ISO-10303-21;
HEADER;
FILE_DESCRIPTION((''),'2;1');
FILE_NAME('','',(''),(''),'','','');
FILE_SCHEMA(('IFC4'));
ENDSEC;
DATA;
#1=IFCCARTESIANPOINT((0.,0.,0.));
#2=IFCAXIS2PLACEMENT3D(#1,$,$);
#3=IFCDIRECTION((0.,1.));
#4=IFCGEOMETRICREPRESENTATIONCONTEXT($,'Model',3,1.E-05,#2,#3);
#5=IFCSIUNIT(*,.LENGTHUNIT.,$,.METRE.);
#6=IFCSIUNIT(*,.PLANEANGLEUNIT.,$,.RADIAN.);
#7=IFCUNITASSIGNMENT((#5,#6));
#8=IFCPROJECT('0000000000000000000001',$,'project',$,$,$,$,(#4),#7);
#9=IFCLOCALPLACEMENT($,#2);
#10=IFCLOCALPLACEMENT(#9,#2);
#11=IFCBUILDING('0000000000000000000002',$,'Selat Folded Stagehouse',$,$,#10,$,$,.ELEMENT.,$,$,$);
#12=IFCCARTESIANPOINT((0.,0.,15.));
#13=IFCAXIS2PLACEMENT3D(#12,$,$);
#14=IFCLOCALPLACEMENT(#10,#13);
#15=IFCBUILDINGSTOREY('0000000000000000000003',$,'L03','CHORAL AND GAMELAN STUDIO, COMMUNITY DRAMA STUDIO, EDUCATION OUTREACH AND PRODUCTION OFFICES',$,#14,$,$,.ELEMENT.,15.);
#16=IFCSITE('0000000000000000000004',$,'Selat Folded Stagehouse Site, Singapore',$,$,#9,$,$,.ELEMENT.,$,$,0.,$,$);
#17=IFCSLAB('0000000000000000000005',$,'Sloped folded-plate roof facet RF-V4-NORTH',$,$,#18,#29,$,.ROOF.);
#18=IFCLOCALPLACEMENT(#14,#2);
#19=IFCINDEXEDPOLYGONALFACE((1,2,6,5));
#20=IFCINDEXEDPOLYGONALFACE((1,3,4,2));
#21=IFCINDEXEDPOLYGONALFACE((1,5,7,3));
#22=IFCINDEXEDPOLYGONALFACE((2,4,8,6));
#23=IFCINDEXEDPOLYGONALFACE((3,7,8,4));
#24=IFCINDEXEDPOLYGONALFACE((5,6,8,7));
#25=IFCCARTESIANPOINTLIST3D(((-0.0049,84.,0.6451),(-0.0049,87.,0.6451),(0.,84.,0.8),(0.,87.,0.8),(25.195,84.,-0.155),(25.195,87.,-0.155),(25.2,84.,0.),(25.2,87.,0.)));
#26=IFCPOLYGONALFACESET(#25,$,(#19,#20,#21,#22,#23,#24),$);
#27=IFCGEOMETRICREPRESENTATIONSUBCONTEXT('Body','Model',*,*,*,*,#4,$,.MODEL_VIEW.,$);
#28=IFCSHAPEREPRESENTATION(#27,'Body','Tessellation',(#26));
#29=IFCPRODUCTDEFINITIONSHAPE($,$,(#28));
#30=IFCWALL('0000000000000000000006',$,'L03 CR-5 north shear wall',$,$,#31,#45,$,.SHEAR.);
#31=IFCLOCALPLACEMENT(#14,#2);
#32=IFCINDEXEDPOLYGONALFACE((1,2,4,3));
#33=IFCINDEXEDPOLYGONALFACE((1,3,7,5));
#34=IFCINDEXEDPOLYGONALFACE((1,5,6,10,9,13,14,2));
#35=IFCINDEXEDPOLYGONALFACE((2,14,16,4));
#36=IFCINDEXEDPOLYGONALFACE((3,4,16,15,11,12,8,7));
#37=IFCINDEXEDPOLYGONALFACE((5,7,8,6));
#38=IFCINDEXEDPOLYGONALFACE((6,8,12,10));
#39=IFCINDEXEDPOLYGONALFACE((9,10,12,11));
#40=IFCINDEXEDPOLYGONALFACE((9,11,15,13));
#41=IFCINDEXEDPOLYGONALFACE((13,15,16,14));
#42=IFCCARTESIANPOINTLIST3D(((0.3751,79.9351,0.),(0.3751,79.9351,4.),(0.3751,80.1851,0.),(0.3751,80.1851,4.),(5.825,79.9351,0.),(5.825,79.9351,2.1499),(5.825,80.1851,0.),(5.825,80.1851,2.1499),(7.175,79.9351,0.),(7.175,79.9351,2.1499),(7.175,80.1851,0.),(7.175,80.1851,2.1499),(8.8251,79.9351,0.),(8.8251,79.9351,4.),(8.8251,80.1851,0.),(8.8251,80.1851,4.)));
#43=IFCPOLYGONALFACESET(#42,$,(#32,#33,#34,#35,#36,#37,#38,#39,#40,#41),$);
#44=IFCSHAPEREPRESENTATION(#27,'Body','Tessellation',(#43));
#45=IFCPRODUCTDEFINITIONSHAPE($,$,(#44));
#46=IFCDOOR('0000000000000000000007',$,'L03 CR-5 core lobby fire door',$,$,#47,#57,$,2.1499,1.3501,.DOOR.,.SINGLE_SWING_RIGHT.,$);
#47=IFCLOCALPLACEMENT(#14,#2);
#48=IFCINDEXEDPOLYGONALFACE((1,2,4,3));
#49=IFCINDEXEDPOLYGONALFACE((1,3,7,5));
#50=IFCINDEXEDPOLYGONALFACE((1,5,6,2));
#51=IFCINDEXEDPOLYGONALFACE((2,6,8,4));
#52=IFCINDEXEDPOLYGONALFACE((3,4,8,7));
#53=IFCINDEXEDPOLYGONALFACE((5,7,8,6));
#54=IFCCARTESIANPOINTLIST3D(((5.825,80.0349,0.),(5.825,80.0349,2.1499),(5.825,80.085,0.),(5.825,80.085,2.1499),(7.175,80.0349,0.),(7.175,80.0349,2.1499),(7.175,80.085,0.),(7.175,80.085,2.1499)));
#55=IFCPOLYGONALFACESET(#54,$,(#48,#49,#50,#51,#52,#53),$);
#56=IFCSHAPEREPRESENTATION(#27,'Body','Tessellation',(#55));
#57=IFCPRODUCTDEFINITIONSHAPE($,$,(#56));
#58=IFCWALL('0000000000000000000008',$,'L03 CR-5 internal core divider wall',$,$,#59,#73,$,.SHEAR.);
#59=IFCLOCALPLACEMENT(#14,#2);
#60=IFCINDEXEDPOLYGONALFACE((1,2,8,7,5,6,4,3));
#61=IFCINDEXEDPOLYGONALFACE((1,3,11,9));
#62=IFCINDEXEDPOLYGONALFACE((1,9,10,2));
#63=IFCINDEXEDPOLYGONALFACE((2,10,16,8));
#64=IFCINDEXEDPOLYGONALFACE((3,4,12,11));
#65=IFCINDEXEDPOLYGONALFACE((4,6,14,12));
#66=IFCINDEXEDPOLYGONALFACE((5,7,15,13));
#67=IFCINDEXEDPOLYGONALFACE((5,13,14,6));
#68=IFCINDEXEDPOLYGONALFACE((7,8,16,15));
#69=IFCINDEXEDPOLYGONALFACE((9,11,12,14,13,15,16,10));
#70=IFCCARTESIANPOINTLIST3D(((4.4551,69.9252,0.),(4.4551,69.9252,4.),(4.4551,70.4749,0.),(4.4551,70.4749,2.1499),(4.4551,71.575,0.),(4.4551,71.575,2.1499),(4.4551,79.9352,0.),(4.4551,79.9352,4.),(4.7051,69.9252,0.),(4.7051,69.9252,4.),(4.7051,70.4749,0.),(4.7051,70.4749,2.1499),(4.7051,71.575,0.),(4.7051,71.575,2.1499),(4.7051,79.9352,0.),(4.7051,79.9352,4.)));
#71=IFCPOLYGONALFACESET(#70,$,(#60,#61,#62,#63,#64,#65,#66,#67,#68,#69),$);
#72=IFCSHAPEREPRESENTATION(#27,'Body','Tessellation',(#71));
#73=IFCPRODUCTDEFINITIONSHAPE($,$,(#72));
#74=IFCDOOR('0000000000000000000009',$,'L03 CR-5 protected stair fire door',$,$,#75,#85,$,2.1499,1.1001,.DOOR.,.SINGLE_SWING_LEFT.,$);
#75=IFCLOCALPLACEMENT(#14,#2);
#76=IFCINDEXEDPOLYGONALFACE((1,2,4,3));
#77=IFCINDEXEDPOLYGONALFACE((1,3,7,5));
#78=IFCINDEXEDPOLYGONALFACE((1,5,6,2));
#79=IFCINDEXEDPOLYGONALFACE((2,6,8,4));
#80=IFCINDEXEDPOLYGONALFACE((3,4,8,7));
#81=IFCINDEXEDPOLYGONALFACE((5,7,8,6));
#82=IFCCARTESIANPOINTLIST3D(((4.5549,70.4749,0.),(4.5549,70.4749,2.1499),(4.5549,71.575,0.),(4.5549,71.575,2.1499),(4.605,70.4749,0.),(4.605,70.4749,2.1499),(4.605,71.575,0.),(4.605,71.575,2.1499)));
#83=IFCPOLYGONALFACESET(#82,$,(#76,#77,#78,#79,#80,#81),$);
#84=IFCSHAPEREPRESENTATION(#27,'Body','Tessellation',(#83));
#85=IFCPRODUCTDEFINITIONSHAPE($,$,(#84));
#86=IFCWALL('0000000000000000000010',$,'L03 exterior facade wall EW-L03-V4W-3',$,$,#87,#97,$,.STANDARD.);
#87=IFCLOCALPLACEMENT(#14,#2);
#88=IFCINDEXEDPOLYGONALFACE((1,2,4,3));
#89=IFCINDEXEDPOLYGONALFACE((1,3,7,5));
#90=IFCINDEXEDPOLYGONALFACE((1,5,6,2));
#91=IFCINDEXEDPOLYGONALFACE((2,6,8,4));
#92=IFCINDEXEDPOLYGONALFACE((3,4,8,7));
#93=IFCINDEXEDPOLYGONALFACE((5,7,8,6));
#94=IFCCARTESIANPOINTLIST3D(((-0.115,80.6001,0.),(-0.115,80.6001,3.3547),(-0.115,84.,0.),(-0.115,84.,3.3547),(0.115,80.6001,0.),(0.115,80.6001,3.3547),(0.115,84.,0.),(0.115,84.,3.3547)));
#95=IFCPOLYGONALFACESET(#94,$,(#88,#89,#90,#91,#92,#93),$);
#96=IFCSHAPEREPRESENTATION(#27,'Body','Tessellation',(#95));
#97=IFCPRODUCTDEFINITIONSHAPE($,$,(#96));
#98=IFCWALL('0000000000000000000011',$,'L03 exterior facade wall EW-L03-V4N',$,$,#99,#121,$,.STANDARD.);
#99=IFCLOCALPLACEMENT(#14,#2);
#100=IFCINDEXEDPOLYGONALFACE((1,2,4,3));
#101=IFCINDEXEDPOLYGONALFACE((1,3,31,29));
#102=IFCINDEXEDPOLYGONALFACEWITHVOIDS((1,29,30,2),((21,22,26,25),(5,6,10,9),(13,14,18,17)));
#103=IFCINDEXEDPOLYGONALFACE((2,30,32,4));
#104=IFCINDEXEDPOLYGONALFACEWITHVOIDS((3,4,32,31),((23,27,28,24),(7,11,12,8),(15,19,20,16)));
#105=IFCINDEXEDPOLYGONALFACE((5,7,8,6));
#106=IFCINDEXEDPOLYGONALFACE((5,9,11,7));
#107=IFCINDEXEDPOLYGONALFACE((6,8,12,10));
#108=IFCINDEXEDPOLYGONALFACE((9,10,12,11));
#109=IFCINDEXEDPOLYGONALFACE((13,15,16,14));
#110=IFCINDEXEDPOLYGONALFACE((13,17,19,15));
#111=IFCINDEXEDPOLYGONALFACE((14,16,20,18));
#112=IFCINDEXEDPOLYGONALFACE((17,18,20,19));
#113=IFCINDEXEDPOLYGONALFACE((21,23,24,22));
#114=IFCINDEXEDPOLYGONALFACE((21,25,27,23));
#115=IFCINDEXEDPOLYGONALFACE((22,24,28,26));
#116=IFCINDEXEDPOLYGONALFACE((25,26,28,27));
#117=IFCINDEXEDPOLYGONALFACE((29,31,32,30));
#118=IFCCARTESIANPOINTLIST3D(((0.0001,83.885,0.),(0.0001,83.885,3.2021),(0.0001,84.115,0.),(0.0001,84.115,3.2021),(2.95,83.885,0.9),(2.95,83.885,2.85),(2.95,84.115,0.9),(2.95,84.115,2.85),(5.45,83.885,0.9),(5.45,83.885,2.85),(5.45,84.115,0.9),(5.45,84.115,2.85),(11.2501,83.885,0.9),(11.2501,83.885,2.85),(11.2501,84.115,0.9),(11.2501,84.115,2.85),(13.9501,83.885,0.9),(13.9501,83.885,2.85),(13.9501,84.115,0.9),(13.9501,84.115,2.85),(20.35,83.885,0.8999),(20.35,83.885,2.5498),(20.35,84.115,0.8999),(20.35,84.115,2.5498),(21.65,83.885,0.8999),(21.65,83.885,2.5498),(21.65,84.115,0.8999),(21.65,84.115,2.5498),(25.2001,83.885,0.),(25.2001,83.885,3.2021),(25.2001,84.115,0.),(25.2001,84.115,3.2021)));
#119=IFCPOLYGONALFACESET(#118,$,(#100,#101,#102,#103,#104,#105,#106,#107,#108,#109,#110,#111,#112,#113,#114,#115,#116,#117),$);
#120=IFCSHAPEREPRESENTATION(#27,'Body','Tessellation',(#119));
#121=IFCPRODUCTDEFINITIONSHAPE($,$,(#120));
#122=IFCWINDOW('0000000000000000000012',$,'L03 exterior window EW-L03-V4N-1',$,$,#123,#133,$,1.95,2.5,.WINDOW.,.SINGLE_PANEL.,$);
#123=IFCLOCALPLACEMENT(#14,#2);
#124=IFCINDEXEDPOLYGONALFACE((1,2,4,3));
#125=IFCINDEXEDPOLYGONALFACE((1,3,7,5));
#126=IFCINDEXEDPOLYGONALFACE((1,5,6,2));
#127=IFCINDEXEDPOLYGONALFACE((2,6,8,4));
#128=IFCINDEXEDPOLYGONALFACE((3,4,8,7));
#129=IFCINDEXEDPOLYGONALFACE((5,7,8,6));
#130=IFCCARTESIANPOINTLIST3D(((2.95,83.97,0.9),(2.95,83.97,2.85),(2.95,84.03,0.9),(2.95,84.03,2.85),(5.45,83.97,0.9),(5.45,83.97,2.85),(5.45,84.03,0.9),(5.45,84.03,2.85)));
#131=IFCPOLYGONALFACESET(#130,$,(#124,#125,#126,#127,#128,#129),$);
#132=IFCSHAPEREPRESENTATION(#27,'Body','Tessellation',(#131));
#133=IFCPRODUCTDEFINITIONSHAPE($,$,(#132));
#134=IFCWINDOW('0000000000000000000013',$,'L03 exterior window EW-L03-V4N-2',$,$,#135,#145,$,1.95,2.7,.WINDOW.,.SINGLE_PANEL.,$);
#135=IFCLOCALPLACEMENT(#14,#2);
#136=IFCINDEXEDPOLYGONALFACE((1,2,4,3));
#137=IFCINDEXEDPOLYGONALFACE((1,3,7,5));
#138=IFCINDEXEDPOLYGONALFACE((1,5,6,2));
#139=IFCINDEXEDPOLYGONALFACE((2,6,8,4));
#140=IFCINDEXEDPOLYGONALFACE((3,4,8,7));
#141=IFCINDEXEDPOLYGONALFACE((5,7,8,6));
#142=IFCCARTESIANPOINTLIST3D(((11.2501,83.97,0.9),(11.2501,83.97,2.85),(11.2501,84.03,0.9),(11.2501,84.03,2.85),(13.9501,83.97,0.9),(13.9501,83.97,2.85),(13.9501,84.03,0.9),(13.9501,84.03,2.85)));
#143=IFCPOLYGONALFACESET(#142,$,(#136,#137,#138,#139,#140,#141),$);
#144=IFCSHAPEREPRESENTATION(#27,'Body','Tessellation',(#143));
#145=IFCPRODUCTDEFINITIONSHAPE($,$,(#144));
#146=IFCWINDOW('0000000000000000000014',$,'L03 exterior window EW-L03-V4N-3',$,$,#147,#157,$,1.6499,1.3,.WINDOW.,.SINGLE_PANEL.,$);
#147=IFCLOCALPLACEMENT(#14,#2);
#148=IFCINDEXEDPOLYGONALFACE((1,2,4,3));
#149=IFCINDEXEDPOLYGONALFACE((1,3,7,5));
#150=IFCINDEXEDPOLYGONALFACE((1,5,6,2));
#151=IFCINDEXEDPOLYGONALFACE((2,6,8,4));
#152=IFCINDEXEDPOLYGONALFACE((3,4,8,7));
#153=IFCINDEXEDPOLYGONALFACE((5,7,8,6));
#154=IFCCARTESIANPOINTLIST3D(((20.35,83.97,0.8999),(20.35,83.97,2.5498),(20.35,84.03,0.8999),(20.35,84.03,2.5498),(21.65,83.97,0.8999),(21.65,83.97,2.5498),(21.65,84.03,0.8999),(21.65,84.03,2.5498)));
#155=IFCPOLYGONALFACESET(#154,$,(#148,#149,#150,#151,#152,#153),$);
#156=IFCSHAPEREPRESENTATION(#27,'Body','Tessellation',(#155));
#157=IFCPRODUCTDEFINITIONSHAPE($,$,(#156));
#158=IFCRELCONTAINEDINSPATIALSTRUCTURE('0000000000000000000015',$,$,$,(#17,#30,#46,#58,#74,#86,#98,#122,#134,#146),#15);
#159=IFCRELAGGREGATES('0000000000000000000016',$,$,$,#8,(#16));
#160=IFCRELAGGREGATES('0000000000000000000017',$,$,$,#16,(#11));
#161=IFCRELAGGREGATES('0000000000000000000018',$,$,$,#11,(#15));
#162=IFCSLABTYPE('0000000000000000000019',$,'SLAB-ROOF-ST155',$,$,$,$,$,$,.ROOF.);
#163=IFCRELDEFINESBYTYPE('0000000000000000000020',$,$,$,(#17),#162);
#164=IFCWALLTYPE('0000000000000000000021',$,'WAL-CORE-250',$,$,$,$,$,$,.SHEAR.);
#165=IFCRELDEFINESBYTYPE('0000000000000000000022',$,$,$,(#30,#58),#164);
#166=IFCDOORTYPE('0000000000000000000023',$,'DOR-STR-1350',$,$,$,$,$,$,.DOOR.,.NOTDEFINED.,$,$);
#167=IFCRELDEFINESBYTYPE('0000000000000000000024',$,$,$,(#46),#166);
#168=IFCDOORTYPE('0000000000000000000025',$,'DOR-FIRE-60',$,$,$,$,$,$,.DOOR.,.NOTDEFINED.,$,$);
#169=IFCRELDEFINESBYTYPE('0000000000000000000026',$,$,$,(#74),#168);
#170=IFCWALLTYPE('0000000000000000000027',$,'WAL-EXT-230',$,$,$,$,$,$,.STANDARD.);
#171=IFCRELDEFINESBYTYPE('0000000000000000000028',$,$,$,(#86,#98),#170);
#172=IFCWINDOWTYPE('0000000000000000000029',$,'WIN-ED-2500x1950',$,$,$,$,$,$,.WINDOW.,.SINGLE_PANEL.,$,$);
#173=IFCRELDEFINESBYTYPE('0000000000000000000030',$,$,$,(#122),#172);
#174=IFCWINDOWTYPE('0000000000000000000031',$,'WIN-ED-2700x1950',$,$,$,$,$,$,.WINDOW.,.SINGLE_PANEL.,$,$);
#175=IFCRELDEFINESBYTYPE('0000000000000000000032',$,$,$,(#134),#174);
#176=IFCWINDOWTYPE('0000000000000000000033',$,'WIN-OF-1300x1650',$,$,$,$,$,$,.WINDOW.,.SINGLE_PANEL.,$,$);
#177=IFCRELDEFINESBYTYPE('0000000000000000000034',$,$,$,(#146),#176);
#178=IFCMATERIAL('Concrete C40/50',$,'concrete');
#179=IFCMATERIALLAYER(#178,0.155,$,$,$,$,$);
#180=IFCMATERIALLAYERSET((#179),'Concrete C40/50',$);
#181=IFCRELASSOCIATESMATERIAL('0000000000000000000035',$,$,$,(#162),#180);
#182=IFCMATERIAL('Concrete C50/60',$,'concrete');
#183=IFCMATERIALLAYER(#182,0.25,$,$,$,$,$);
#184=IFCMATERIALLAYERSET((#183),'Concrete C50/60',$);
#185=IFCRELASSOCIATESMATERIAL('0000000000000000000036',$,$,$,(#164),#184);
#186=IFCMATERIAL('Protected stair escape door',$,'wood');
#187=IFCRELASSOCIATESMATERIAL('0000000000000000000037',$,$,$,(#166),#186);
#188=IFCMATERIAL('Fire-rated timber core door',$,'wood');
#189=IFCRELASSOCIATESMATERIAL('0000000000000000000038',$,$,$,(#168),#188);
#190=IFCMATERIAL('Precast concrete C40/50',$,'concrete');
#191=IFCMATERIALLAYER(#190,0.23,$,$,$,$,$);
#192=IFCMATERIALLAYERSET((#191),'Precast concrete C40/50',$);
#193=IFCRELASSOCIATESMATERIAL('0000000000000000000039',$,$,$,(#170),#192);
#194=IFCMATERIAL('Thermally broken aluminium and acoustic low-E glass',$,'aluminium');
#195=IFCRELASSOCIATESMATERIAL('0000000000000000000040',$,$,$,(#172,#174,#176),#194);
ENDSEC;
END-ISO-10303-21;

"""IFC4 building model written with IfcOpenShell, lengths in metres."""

from ifc_helpers import new_model, si_unit, direction, frame, frame_2d, origin, place, context, subcontext, project, spatial, polyline, rectangle, outline, extrude, material, layer, layer_set, type_object, element, fill, save


model = new_model("IFC4")

# Units and contexts
model_context = context("Model", 3, precision=1e-05, world=origin(), true_north=direction((0.0, 1.0)))
body_context = subcontext(model_context, "Body", "Model", "MODEL_VIEW")
ifc_project = project(units=[si_unit("LENGTHUNIT", "METRE"), si_unit("PLANEANGLEUNIT", "RADIAN")], contexts=[model_context])

# Site, building, storey
site_placement = place(None, origin())
site = spatial("IfcSite", under=ifc_project, at=site_placement, Name="Selat Folded Stagehouse Site, Singapore", CompositionType="ELEMENT", RefElevation=0.0)
building_placement = place(site_placement, origin())
building = spatial("IfcBuilding", under=site, at=building_placement, Name="Selat Folded Stagehouse", CompositionType="ELEMENT")
storey_placement = place(building_placement, frame((0.0, 0.0, 15.0)))
storey = spatial("IfcBuildingStorey", under=building, at=storey_placement, Name="L03", Description="CHORAL AND GAMELAN STUDIO, COMMUNITY DRAMA STUDIO, EDUCATION OUTREACH AND PRODUCTION OFFICES", CompositionType="ELEMENT", Elevation=15.0)

# Slab
ifc_material_1 = material(Name="Concrete C40/50", Category="concrete")
ifc_layer_1 = layer(ifc_material_1, 0.155)
ifc_layer_set_1 = layer_set([ifc_layer_1], Name="Concrete C40/50")
slab_type = type_object("IfcSlabType", Name="SLAB-ROOF-ST155", PredefinedType="ROOF", material=ifc_layer_set_1)
slab_placement = place(storey_placement, frame((0.0, 84.0, 0.8), z_axis=(0.031732, 0.0, 0.999496), x_axis=(0.999496, 0.0, -0.031732)))
element("IfcSlab", 1, at=slab_placement, inside=storey, type_object=slab_type, Name="Sloped folded-plate roof facet RF-V4-NORTH", PredefinedType="ROOF", context=body_context, shape_type="SweptSolid", body=[
    extrude(outline(polyline([(0.0, 0.0), (25.2126, 0.0), (25.2126, 3.0), (0.0, 3.0), (0.0, 0.0)])), origin(), (0.0, 0.0, -1.0), 0.155),
])

# Walls, openings, doors
ifc_material_2 = material(Name="Concrete C50/60", Category="concrete")
ifc_layer_2 = layer(ifc_material_2, 0.25)
ifc_layer_set_2 = layer_set([ifc_layer_2], Name="Concrete C50/60")
wall_type_1 = type_object("IfcWallType", Name="WAL-CORE-250", PredefinedType="SHEAR", material=ifc_layer_set_2)
wall_1_placement = place(storey_placement, frame((0.375, 80.0601, 0.0), z_axis=(0.0, 0.0, 1.0), x_axis=(1.0, 0.0, 0.0)))
wall_1 = element("IfcWall", 2, at=wall_1_placement, inside=storey, type_object=wall_type_1, Name="L03 CR-5 north shear wall", PredefinedType="SHEAR", context=body_context, shape_type="SweptSolid", body=[
    extrude(rectangle(XDim=8.45, YDim=0.25, at=frame_2d((4.2251, 0.0))), origin(), (0.0, 0.0, 1.0), 4.0),
])
opening_1_placement = place(wall_1_placement, frame((5.45, 0.0, 0.0)))
opening_1 = element("IfcOpeningElement", 3, at=opening_1_placement, cuts=wall_1, PredefinedType="OPENING", context=body_context, shape_type="SweptSolid", body=[
    extrude(rectangle(XDim=1.3501, YDim=2.1499, at=frame_2d((0.675, 1.075))), frame((0.0, 0.135, 0.0), z_axis=(0.0, -1.0, 0.0), x_axis=(1.0, 0.0, 0.0)), (0.0, 0.0, 1.0), 0.27),
])
ifc_material_3 = material(Name="Protected stair escape door", Category="wood")
door_type_1 = type_object("IfcDoorType", Name="DOR-STR-1350", OperationType="NOTDEFINED", PredefinedType="DOOR", material=ifc_material_3)
door_1_placement = place(opening_1_placement, origin())
door_1 = element("IfcDoor", 4, at=door_1_placement, inside=storey, type_object=door_type_1, Name="L03 CR-5 core lobby fire door", OperationType="SINGLE_SWING_RIGHT", OverallHeight=2.1499, OverallWidth=1.3501, PredefinedType="DOOR", context=body_context, shape_type="SweptSolid", body=[
    extrude(rectangle(XDim=1.3501, YDim=2.1499, at=frame_2d((0.675, 1.075))), frame((0.0, 0.0249, 0.0), z_axis=(0.0, -1.0, 0.0), x_axis=(1.0, 0.0, 0.0)), (0.0, 0.0, 1.0), 0.05),
])
fill(opening_1, door_1)
wall_2_placement = place(storey_placement, frame((4.5801, 79.9351, 0.0), z_axis=(0.0, 0.0, 1.0), x_axis=(0.0, -1.0, 0.0)))
wall_2 = element("IfcWall", 5, at=wall_2_placement, inside=storey, type_object=wall_type_1, Name="L03 CR-5 internal core divider wall", PredefinedType="SHEAR", context=body_context, shape_type="SweptSolid", body=[
    extrude(rectangle(XDim=10.01, YDim=0.25, at=frame_2d((5.0049, 0.0))), origin(), (0.0, 0.0, 1.0), 4.0),
])
opening_2_placement = place(wall_2_placement, frame((8.3601, 0.0, 0.0)))
opening_2 = element("IfcOpeningElement", 6, at=opening_2_placement, cuts=wall_2, PredefinedType="OPENING", context=body_context, shape_type="SweptSolid", body=[
    extrude(rectangle(XDim=1.1001, YDim=2.1499, at=frame_2d((0.55, 1.075))), frame((0.0, 0.135, 0.0), z_axis=(0.0, -1.0, 0.0), x_axis=(1.0, 0.0, 0.0)), (0.0, 0.0, 1.0), 0.27),
])
ifc_material_4 = material(Name="Fire-rated timber core door", Category="wood")
door_type_2 = type_object("IfcDoorType", Name="DOR-FIRE-60", OperationType="NOTDEFINED", PredefinedType="DOOR", material=ifc_material_4)
door_2_placement = place(opening_2_placement, origin())
door_2 = element("IfcDoor", 7, at=door_2_placement, inside=storey, type_object=door_type_2, Name="L03 CR-5 protected stair fire door", OperationType="SINGLE_SWING_LEFT", OverallHeight=2.1499, OverallWidth=1.1001, PredefinedType="DOOR", context=body_context, shape_type="SweptSolid", body=[
    extrude(rectangle(XDim=1.1001, YDim=2.1499, at=frame_2d((0.55, 1.075))), frame((0.0, 0.0249, 0.0), z_axis=(0.0, -1.0, 0.0), x_axis=(1.0, 0.0, 0.0)), (0.0, 0.0, 1.0), 0.05),
])
fill(opening_2, door_2)

# Wall
ifc_material_5 = material(Name="Precast concrete C40/50", Category="concrete")
ifc_layer_3 = layer(ifc_material_5, 0.23)
ifc_layer_set_3 = layer_set([ifc_layer_3], Name="Precast concrete C40/50")
wall_type_2 = type_object("IfcWallType", Name="WAL-EXT-230", PredefinedType="STANDARD", material=ifc_layer_set_3)
wall_3_placement = place(storey_placement, frame((0.0, 80.6001, 0.0), z_axis=(0.0, 0.0, 1.0), x_axis=(0.0, 1.0, 0.0)))
element("IfcWall", 8, at=wall_3_placement, inside=storey, type_object=wall_type_2, Name="L03 exterior facade wall EW-L03-V4W-3", PredefinedType="STANDARD", context=body_context, shape_type="SweptSolid", body=[
    extrude(rectangle(XDim=3.3999, YDim=0.23, at=frame_2d((1.7, 0.0))), origin(), (0.0, 0.0, 1.0), 3.3547),
])

# Wall, openings, windows
wall_4_placement = place(storey_placement, frame((0.0, 84.0, 0.0), z_axis=(0.0, 0.0, 1.0), x_axis=(1.0, 0.0, 0.0)))
wall_4 = element("IfcWall", 9, at=wall_4_placement, inside=storey, type_object=wall_type_2, Name="L03 exterior facade wall EW-L03-V4N", PredefinedType="STANDARD", context=body_context, shape_type="SweptSolid", body=[
    extrude(rectangle(XDim=25.2, YDim=0.23, at=frame_2d((12.6001, 0.0))), origin(), (0.0, 0.0, 1.0), 3.2021),
])
opening_3_placement = place(wall_4_placement, frame((2.95, 0.0, 0.8999)))
opening_3 = element("IfcOpeningElement", 10, at=opening_3_placement, cuts=wall_4, PredefinedType="OPENING", context=body_context, shape_type="SweptSolid", body=[
    extrude(rectangle(XDim=2.5, YDim=1.95, at=frame_2d((1.25, 0.9751))), frame((0.0, 0.125, 0.0), z_axis=(0.0, -1.0, 0.0), x_axis=(1.0, 0.0, 0.0)), (0.0, 0.0, 1.0), 0.25),
])
opening_4_placement = place(wall_4_placement, frame((11.25, 0.0, 0.8999)))
opening_4 = element("IfcOpeningElement", 11, at=opening_4_placement, cuts=wall_4, PredefinedType="OPENING", context=body_context, shape_type="SweptSolid", body=[
    extrude(rectangle(XDim=2.7, YDim=1.95, at=frame_2d((1.3501, 0.9751))), frame((0.0, 0.125, 0.0), z_axis=(0.0, -1.0, 0.0), x_axis=(1.0, 0.0, 0.0)), (0.0, 0.0, 1.0), 0.25),
])
opening_5_placement = place(wall_4_placement, frame((20.3501, 0.0, 0.8999)))
opening_5 = element("IfcOpeningElement", 12, at=opening_5_placement, cuts=wall_4, PredefinedType="OPENING", context=body_context, shape_type="SweptSolid", body=[
    extrude(rectangle(XDim=1.3, YDim=1.6499, at=frame_2d((0.6499, 0.825))), frame((0.0, 0.125, 0.0), z_axis=(0.0, -1.0, 0.0), x_axis=(1.0, 0.0, 0.0)), (0.0, 0.0, 1.0), 0.25),
])
ifc_material_6 = material(Name="Thermally broken aluminium and acoustic low-E glass", Category="aluminium")
window_type_1 = type_object("IfcWindowType", Name="WIN-ED-2500x1950", PartitioningType="SINGLE_PANEL", PredefinedType="WINDOW", material=ifc_material_6)
window_1_placement = place(opening_3_placement, origin())
window_1 = element("IfcWindow", 13, at=window_1_placement, inside=storey, type_object=window_type_1, Name="L03 exterior window EW-L03-V4N-1", OverallHeight=1.95, OverallWidth=2.5, PartitioningType="SINGLE_PANEL", PredefinedType="WINDOW", context=body_context, shape_type="SweptSolid", body=[
    extrude(rectangle(XDim=2.5, YDim=1.95, at=frame_2d((1.25, 0.9751))), frame((0.0, 0.03, 0.0), z_axis=(0.0, -1.0, 0.0), x_axis=(1.0, 0.0, 0.0)), (0.0, 0.0, 1.0), 0.0601),
])
fill(opening_3, window_1)
window_type_2 = type_object("IfcWindowType", Name="WIN-ED-2700x1950", PartitioningType="SINGLE_PANEL", PredefinedType="WINDOW", material=ifc_material_6)
window_2_placement = place(opening_4_placement, origin())
window_2 = element("IfcWindow", 14, at=window_2_placement, inside=storey, type_object=window_type_2, Name="L03 exterior window EW-L03-V4N-2", OverallHeight=1.95, OverallWidth=2.7, PartitioningType="SINGLE_PANEL", PredefinedType="WINDOW", context=body_context, shape_type="SweptSolid", body=[
    extrude(rectangle(XDim=2.7, YDim=1.95, at=frame_2d((1.3501, 0.9751))), frame((0.0, 0.03, 0.0), z_axis=(0.0, -1.0, 0.0), x_axis=(1.0, 0.0, 0.0)), (0.0, 0.0, 1.0), 0.0601),
])
fill(opening_4, window_2)
window_type_3 = type_object("IfcWindowType", Name="WIN-OF-1300x1650", PartitioningType="SINGLE_PANEL", PredefinedType="WINDOW", material=ifc_material_6)
window_3_placement = place(opening_5_placement, origin())
window_3 = element("IfcWindow", 15, at=window_3_placement, inside=storey, type_object=window_type_3, Name="L03 exterior window EW-L03-V4N-3", OverallHeight=1.6499, OverallWidth=1.3, PartitioningType="SINGLE_PANEL", PredefinedType="WINDOW", context=body_context, shape_type="SweptSolid", body=[
    extrude(rectangle(XDim=1.3, YDim=1.6499, at=frame_2d((0.6499, 0.825))), frame((0.0, 0.03, 0.0), z_axis=(0.0, -1.0, 0.0), x_axis=(1.0, 0.0, 0.0)), (0.0, 0.0, 1.0), 0.0601),
])
fill(opening_5, window_3)

save(model, "model.ifc")
